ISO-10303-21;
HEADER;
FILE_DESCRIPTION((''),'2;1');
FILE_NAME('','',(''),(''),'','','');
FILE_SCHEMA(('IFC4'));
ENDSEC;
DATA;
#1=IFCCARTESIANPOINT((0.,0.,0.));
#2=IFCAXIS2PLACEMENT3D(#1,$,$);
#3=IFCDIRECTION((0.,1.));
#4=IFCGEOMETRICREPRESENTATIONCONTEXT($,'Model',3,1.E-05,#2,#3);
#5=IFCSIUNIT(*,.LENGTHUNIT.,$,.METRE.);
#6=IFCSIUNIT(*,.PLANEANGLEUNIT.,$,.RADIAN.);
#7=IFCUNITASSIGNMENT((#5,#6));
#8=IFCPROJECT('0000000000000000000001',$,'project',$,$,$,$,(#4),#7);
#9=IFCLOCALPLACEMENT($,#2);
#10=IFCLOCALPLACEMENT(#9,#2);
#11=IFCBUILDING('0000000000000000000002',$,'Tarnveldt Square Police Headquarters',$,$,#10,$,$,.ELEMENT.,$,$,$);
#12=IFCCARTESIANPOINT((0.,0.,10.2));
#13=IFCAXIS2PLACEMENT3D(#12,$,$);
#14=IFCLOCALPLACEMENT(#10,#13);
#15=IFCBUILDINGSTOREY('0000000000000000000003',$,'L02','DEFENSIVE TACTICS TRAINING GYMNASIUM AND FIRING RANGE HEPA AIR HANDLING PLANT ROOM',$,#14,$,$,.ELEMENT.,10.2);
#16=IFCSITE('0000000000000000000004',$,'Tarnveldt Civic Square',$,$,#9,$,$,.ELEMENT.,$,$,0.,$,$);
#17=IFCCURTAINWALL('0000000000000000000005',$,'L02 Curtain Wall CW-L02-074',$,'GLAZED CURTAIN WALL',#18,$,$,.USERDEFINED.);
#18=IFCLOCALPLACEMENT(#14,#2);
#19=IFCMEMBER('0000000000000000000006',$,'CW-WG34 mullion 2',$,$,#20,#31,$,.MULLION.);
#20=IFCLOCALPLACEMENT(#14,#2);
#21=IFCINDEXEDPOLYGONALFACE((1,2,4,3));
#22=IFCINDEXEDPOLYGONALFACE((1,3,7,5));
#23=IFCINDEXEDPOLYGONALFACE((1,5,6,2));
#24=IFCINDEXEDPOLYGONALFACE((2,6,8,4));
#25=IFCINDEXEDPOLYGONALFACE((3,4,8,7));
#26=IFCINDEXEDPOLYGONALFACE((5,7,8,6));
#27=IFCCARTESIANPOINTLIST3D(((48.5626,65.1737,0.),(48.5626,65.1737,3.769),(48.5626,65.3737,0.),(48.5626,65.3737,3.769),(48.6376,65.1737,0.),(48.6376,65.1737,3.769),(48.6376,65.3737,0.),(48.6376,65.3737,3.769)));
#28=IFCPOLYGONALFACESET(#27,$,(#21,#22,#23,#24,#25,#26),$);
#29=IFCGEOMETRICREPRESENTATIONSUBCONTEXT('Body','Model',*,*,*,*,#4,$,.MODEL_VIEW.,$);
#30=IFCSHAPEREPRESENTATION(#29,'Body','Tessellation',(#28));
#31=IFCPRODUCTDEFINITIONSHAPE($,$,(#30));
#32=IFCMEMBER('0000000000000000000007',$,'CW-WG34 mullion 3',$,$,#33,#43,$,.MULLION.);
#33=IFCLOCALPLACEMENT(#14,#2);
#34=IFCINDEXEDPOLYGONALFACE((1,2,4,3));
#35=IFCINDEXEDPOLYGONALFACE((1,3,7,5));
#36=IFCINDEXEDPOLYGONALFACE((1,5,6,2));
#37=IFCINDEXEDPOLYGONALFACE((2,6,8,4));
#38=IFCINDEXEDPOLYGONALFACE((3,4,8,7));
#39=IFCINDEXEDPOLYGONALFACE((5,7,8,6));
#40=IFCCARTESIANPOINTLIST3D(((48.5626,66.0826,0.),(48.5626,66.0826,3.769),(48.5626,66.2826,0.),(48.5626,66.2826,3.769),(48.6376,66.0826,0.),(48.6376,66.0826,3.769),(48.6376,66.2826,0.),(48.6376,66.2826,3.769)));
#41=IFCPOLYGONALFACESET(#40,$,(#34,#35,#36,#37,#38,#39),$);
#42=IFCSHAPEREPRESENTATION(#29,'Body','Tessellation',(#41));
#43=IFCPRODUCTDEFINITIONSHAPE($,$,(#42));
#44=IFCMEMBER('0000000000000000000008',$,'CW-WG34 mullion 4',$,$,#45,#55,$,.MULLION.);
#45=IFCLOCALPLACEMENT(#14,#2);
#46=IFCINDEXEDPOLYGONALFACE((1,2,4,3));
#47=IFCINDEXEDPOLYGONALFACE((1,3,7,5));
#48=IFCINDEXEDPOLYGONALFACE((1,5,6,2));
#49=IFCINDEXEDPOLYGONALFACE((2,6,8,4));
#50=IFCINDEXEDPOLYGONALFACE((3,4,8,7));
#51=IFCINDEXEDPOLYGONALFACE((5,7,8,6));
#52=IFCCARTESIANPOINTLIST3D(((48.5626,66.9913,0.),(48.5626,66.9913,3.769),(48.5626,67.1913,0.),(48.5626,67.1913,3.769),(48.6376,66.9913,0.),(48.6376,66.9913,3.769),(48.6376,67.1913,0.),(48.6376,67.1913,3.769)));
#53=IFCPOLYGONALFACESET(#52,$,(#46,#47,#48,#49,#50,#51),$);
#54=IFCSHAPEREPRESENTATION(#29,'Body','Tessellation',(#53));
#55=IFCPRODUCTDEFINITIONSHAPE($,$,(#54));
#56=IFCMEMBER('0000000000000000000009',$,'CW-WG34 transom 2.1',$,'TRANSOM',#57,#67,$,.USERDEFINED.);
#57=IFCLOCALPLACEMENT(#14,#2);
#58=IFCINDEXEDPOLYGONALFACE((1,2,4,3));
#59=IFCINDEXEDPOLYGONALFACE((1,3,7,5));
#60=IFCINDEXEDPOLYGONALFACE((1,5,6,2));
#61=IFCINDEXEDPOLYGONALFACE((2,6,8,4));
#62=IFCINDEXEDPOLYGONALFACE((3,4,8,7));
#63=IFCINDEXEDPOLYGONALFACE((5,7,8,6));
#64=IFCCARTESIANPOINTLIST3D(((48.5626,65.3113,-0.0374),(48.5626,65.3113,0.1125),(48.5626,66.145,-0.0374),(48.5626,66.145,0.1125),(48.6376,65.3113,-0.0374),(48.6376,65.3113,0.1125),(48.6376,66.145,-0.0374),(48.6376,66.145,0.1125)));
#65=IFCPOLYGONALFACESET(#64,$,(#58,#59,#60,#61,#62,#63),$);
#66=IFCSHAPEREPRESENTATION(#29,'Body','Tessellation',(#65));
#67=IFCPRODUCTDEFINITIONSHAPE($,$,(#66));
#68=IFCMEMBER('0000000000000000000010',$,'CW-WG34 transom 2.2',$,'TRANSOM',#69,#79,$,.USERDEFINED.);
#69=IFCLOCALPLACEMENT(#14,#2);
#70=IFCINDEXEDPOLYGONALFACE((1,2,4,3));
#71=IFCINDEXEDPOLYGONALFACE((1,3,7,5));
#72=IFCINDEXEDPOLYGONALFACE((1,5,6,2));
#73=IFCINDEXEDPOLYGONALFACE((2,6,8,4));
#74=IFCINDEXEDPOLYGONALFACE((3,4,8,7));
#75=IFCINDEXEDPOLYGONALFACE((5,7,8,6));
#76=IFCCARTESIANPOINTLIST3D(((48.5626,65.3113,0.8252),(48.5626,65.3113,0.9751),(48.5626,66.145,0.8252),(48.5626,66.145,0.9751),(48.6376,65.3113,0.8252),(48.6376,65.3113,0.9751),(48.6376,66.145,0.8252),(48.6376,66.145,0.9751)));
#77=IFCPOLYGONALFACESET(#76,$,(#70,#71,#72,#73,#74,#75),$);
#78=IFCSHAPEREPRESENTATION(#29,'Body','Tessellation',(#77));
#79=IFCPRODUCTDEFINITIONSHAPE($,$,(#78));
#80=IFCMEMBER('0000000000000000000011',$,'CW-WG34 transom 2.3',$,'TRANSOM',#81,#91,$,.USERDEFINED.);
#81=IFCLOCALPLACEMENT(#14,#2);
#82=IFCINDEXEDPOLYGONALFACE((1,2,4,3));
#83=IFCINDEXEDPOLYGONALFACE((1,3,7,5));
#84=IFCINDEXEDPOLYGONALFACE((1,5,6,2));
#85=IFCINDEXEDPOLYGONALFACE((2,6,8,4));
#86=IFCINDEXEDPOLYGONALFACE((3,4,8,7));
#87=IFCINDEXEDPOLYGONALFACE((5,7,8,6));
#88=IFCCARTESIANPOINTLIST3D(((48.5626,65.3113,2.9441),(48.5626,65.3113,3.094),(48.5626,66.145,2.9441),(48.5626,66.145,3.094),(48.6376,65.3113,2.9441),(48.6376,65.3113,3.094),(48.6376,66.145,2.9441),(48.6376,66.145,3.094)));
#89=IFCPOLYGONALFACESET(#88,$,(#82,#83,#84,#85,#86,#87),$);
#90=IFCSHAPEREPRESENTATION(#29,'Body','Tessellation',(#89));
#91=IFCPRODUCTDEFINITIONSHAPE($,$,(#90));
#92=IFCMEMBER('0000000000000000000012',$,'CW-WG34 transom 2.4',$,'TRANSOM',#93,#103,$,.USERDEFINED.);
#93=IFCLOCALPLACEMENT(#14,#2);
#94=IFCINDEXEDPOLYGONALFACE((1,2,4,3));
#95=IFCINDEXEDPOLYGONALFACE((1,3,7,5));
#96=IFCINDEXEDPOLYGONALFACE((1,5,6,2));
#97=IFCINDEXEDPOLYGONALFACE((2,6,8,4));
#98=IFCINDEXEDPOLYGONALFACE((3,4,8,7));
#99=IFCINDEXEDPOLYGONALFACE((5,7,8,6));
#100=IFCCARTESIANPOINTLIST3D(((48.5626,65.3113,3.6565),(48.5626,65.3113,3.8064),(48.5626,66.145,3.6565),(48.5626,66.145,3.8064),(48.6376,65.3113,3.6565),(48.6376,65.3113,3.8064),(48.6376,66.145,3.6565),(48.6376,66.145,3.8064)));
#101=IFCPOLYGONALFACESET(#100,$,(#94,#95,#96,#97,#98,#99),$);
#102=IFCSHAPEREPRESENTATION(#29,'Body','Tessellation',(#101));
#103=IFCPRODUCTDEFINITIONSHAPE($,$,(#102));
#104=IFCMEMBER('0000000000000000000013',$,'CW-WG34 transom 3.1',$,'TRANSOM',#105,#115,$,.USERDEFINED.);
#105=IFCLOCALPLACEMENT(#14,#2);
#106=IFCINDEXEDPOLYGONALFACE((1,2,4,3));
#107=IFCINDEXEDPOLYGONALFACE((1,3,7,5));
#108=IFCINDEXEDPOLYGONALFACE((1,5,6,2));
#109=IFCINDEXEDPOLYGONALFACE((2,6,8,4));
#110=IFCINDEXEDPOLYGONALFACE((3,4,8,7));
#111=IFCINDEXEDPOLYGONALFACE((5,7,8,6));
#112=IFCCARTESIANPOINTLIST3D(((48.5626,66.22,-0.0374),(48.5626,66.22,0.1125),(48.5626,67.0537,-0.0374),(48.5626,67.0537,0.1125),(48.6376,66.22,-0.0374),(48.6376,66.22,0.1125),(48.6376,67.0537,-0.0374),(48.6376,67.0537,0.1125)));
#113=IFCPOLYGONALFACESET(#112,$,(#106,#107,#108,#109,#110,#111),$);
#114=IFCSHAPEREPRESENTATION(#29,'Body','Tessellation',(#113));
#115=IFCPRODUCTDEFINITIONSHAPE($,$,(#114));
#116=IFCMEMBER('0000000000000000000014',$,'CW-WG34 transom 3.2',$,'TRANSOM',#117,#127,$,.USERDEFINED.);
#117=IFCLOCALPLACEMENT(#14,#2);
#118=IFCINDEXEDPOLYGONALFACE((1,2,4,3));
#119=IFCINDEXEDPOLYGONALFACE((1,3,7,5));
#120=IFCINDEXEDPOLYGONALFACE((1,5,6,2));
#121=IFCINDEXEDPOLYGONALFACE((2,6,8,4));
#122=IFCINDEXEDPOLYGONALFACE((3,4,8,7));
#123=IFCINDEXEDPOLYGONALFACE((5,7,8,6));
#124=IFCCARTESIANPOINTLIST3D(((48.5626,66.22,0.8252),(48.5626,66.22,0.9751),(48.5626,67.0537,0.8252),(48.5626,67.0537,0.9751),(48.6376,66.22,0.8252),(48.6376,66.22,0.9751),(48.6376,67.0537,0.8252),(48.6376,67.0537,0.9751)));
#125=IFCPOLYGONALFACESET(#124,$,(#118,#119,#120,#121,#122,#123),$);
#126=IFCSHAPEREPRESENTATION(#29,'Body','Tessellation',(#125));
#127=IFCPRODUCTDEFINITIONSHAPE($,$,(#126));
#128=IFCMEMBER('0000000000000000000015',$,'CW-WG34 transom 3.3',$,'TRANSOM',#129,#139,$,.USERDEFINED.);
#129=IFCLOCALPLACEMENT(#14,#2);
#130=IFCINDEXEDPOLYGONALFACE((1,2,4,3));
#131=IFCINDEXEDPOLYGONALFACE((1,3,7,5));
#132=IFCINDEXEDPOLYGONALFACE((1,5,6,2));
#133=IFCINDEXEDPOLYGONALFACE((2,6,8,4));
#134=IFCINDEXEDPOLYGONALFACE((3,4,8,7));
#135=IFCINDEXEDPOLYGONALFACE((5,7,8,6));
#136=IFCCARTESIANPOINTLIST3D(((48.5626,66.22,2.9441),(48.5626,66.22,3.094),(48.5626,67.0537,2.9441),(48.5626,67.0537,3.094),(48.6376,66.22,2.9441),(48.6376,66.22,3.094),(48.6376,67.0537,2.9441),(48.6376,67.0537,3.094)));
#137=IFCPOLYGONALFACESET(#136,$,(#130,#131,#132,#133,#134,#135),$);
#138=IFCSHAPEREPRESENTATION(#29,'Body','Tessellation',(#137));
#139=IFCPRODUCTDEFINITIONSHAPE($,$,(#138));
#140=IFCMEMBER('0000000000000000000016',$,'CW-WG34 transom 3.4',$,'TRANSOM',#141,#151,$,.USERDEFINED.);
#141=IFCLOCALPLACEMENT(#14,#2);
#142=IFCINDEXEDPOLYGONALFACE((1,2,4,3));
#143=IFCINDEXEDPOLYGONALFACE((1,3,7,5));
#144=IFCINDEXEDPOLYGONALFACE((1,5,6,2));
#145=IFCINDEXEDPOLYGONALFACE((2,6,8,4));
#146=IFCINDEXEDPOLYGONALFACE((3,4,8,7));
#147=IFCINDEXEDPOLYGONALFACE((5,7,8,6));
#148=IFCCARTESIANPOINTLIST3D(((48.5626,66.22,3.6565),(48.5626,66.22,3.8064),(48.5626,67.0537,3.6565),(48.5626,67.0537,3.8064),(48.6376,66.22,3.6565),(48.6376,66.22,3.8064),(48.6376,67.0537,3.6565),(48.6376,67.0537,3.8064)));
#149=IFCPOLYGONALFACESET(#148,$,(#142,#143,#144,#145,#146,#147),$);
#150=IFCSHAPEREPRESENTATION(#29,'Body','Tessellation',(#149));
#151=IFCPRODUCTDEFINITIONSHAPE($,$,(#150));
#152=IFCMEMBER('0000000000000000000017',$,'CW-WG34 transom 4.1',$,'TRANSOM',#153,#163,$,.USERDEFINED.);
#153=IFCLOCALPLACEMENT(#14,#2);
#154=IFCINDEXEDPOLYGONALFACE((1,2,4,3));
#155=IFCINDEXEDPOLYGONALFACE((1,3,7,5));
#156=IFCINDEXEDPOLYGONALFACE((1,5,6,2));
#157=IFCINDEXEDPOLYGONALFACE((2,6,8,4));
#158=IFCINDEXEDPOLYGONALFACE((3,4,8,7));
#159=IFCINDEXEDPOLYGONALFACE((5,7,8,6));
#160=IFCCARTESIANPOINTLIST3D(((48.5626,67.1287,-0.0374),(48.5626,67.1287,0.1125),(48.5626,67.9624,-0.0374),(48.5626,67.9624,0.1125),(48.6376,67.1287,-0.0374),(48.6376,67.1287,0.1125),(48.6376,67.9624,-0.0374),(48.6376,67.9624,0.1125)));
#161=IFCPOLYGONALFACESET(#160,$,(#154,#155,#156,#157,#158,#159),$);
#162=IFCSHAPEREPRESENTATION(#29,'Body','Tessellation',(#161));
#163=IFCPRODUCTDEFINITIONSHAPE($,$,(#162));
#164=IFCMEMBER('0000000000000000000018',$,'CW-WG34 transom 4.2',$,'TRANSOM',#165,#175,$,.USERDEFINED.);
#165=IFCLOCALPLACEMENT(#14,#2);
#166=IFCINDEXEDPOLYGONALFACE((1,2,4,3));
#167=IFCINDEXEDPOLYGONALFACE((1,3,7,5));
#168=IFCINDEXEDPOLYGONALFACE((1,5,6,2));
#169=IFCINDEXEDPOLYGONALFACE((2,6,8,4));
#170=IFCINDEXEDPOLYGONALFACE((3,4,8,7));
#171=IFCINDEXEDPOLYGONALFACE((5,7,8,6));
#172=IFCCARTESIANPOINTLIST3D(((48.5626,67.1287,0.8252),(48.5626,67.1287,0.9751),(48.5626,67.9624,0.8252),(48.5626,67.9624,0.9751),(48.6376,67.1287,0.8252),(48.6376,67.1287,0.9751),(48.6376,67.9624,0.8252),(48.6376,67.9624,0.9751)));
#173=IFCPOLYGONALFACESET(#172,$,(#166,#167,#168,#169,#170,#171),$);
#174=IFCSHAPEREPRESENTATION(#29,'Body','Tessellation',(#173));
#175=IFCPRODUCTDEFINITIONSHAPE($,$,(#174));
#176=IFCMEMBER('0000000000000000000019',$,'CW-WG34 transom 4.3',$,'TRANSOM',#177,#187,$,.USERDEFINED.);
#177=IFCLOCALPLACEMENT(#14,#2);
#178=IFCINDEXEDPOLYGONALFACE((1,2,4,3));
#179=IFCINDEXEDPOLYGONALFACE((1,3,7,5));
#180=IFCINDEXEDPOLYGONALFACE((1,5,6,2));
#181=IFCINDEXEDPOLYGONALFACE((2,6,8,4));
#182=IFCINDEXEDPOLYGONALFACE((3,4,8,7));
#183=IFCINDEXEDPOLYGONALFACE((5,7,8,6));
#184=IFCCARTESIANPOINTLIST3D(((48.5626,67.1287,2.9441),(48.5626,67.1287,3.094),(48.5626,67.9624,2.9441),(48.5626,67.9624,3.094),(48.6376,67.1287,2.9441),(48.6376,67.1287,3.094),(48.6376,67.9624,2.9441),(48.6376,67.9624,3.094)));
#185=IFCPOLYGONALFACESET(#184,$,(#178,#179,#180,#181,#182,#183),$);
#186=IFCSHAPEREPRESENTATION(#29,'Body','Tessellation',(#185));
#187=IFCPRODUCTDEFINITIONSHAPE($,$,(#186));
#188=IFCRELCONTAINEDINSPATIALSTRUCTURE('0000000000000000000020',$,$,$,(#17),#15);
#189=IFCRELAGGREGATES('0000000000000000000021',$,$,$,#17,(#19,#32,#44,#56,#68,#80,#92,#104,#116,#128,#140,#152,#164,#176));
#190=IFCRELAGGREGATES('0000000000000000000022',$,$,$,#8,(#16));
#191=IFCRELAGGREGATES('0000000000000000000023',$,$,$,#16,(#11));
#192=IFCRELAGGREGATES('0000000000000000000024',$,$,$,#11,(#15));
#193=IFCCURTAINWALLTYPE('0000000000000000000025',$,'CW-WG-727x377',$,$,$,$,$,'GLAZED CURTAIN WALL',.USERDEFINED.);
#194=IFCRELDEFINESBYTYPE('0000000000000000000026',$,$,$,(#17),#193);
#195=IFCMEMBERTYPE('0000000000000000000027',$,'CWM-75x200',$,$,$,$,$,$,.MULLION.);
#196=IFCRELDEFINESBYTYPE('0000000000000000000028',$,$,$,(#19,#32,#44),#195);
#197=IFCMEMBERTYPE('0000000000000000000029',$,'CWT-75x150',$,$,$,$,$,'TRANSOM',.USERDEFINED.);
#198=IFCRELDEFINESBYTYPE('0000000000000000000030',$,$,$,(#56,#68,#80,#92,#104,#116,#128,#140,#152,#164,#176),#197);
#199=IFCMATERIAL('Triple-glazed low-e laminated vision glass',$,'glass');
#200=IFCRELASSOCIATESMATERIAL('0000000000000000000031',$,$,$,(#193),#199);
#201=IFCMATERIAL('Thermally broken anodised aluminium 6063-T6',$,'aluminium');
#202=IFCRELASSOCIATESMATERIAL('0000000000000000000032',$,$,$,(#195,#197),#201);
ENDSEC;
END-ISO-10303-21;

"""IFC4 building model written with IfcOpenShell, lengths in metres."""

from ifc_helpers import new_model, si_unit, direction, frame, origin, origin_2d, place, context, subcontext, project, spatial, rectangle, extrude, material, material_profile, profile_set, type_object, element, aggregate, save


model = new_model("IFC4")

# Units and contexts
model_context = context("Model", 3, precision=1e-05, world=origin(), true_north=direction((0.0, 1.0)))
body_context = subcontext(model_context, "Body", "Model", "MODEL_VIEW")
ifc_project = project(units=[si_unit("LENGTHUNIT", "METRE"), si_unit("PLANEANGLEUNIT", "RADIAN")], contexts=[model_context])

# Site, building, storey
site_placement = place(None, origin())
site = spatial("IfcSite", under=ifc_project, at=site_placement, Name="Tarnveldt Civic Square", CompositionType="ELEMENT", RefElevation=0.0)
building_placement = place(site_placement, origin())
building = spatial("IfcBuilding", under=site, at=building_placement, Name="Tarnveldt Square Police Headquarters", CompositionType="ELEMENT")
storey_placement = place(building_placement, frame((0.0, 0.0, 10.2)))
storey = spatial("IfcBuildingStorey", under=building, at=storey_placement, Name="L02", Description="DEFENSIVE TACTICS TRAINING GYMNASIUM AND FIRING RANGE HEPA AIR HANDLING PLANT ROOM", CompositionType="ELEMENT", Elevation=10.2)

# Curtain wall, members
ifc_material_1 = material(Name="Triple-glazed low-e laminated vision glass", Category="glass")
curtain_wall_type = type_object("IfcCurtainWallType", Name="CW-WG-727x377", ElementType="GLAZED CURTAIN WALL", PredefinedType="USERDEFINED", material=ifc_material_1)
curtain_wall_placement = place(storey_placement, origin())
curtain_wall = element("IfcCurtainWall", 1, at=curtain_wall_placement, inside=storey, type_object=curtain_wall_type, Name="L02 Curtain Wall CW-L02-074", ObjectType="GLAZED CURTAIN WALL", PredefinedType="USERDEFINED")
ifc_material_2 = material(Name="Thermally broken anodised aluminium 6063-T6", Category="aluminium")
ifc_material_profile_1 = material_profile(ifc_material_2, rectangle(XDim=0.075, YDim=0.2, at=origin_2d()), Name="CW-M75x200")
ifc_profile_set_1 = profile_set([ifc_material_profile_1], Name="Thermally broken anodised aluminium 6063-T6")
member_type_1 = type_object("IfcMemberType", Name="CWM-75x200", PredefinedType="MULLION", material=ifc_profile_set_1)
member_1_placement = place(storey_placement, frame((48.6001, 65.2737, 0.0), z_axis=(0.0, 0.0, 1.0), x_axis=(-1.0, 0.0, 0.0)))
member_1 = element("IfcMember", 2, at=member_1_placement, type_object=member_type_1, Name="CW-WG34 mullion 2", PredefinedType="MULLION", context=body_context, shape_type="SweptSolid", body=[
    extrude(rectangle(XDim=0.075, YDim=0.2, at=origin_2d()), origin(), (0.0, 0.0, 1.0), 3.769),
])
member_2_placement = place(storey_placement, frame((48.6001, 66.1826, 0.0), z_axis=(0.0, 0.0, 1.0), x_axis=(-1.0, 0.0, 0.0)))
member_2 = element("IfcMember", 3, at=member_2_placement, type_object=member_type_1, Name="CW-WG34 mullion 3", PredefinedType="MULLION", context=body_context, shape_type="SweptSolid", body=[
    extrude(rectangle(XDim=0.075, YDim=0.2, at=origin_2d()), origin(), (0.0, 0.0, 1.0), 3.769),
])
member_3_placement = place(storey_placement, frame((48.6001, 67.0913, 0.0), z_axis=(0.0, 0.0, 1.0), x_axis=(-1.0, 0.0, 0.0)))
member_3 = element("IfcMember", 4, at=member_3_placement, type_object=member_type_1, Name="CW-WG34 mullion 4", PredefinedType="MULLION", context=body_context, shape_type="SweptSolid", body=[
    extrude(rectangle(XDim=0.075, YDim=0.2, at=origin_2d()), origin(), (0.0, 0.0, 1.0), 3.769),
])
ifc_material_profile_2 = material_profile(ifc_material_2, rectangle(XDim=0.075, YDim=0.1499, at=origin_2d()), Name="CW-T75x150")
ifc_profile_set_2 = profile_set([ifc_material_profile_2], Name="Thermally broken anodised aluminium 6063-T6")
member_type_2 = type_object("IfcMemberType", Name="CWT-75x150", ElementType="TRANSOM", PredefinedType="USERDEFINED", material=ifc_profile_set_2)
member_4_placement = place(storey_placement, frame((48.6001, 65.3113, 0.0376), z_axis=(0.0, 1.0, 0.0), x_axis=(-1.0, 0.0, 0.0)))
member_4 = element("IfcMember", 5, at=member_4_placement, type_object=member_type_2, Name="CW-WG34 transom 2.1", ObjectType="TRANSOM", PredefinedType="USERDEFINED", context=body_context, shape_type="SweptSolid", body=[
    extrude(rectangle(XDim=0.075, YDim=0.1499, at=origin_2d()), origin(), (0.0, 0.0, 1.0), 0.8337),
])
member_5_placement = place(storey_placement, frame((48.6001, 65.3113, 0.9001), z_axis=(0.0, 1.0, 0.0), x_axis=(-1.0, 0.0, 0.0)))
member_5 = element("IfcMember", 6, at=member_5_placement, type_object=member_type_2, Name="CW-WG34 transom 2.2", ObjectType="TRANSOM", PredefinedType="USERDEFINED", context=body_context, shape_type="SweptSolid", body=[
    extrude(rectangle(XDim=0.075, YDim=0.1499, at=origin_2d()), origin(), (0.0, 0.0, 1.0), 0.8337),
])
member_6_placement = place(storey_placement, frame((48.6001, 65.3113, 3.019), z_axis=(0.0, 1.0, 0.0), x_axis=(-1.0, 0.0, 0.0)))
member_6 = element("IfcMember", 7, at=member_6_placement, type_object=member_type_2, Name="CW-WG34 transom 2.3", ObjectType="TRANSOM", PredefinedType="USERDEFINED", context=body_context, shape_type="SweptSolid", body=[
    extrude(rectangle(XDim=0.075, YDim=0.1499, at=origin_2d()), origin(), (0.0, 0.0, 1.0), 0.8337),
])
member_7_placement = place(storey_placement, frame((48.6001, 65.3113, 3.7314), z_axis=(0.0, 1.0, 0.0), x_axis=(-1.0, 0.0, 0.0)))
member_7 = element("IfcMember", 8, at=member_7_placement, type_object=member_type_2, Name="CW-WG34 transom 2.4", ObjectType="TRANSOM", PredefinedType="USERDEFINED", context=body_context, shape_type="SweptSolid", body=[
    extrude(rectangle(XDim=0.075, YDim=0.1499, at=origin_2d()), origin(), (0.0, 0.0, 1.0), 0.8337),
])
member_8_placement = place(storey_placement, frame((48.6001, 66.22, 0.0376), z_axis=(0.0, 1.0, 0.0), x_axis=(-1.0, 0.0, 0.0)))
member_8 = element("IfcMember", 9, at=member_8_placement, type_object=member_type_2, Name="CW-WG34 transom 3.1", ObjectType="TRANSOM", PredefinedType="USERDEFINED", context=body_context, shape_type="SweptSolid", body=[
    extrude(rectangle(XDim=0.075, YDim=0.1499, at=origin_2d()), origin(), (0.0, 0.0, 1.0), 0.8337),
])
member_9_placement = place(storey_placement, frame((48.6001, 66.22, 0.9001), z_axis=(0.0, 1.0, 0.0), x_axis=(-1.0, 0.0, 0.0)))
member_9 = element("IfcMember", 10, at=member_9_placement, type_object=member_type_2, Name="CW-WG34 transom 3.2", ObjectType="TRANSOM", PredefinedType="USERDEFINED", context=body_context, shape_type="SweptSolid", body=[
    extrude(rectangle(XDim=0.075, YDim=0.1499, at=origin_2d()), origin(), (0.0, 0.0, 1.0), 0.8337),
])
member_10_placement = place(storey_placement, frame((48.6001, 66.22, 3.019), z_axis=(0.0, 1.0, 0.0), x_axis=(-1.0, 0.0, 0.0)))
member_10 = element("IfcMember", 11, at=member_10_placement, type_object=member_type_2, Name="CW-WG34 transom 3.3", ObjectType="TRANSOM", PredefinedType="USERDEFINED", context=body_context, shape_type="SweptSolid", body=[
    extrude(rectangle(XDim=0.075, YDim=0.1499, at=origin_2d()), origin(), (0.0, 0.0, 1.0), 0.8337),
])
member_11_placement = place(storey_placement, frame((48.6001, 66.22, 3.7314), z_axis=(0.0, 1.0, 0.0), x_axis=(-1.0, 0.0, 0.0)))
member_11 = element("IfcMember", 12, at=member_11_placement, type_object=member_type_2, Name="CW-WG34 transom 3.4", ObjectType="TRANSOM", PredefinedType="USERDEFINED", context=body_context, shape_type="SweptSolid", body=[
    extrude(rectangle(XDim=0.075, YDim=0.1499, at=origin_2d()), origin(), (0.0, 0.0, 1.0), 0.8337),
])
member_12_placement = place(storey_placement, frame((48.6001, 67.1287, 0.0376), z_axis=(0.0, 1.0, 0.0), x_axis=(-1.0, 0.0, 0.0)))
member_12 = element("IfcMember", 13, at=member_12_placement, type_object=member_type_2, Name="CW-WG34 transom 4.1", ObjectType="TRANSOM", PredefinedType="USERDEFINED", context=body_context, shape_type="SweptSolid", body=[
    extrude(rectangle(XDim=0.075, YDim=0.1499, at=origin_2d()), origin(), (0.0, 0.0, 1.0), 0.8337),
])
member_13_placement = place(storey_placement, frame((48.6001, 67.1287, 0.9001), z_axis=(0.0, 1.0, 0.0), x_axis=(-1.0, 0.0, 0.0)))
member_13 = element("IfcMember", 14, at=member_13_placement, type_object=member_type_2, Name="CW-WG34 transom 4.2", ObjectType="TRANSOM", PredefinedType="USERDEFINED", context=body_context, shape_type="SweptSolid", body=[
    extrude(rectangle(XDim=0.075, YDim=0.1499, at=origin_2d()), origin(), (0.0, 0.0, 1.0), 0.8337),
])
member_14_placement = place(storey_placement, frame((48.6001, 67.1287, 3.019), z_axis=(0.0, 1.0, 0.0), x_axis=(-1.0, 0.0, 0.0)))
member_14 = element("IfcMember", 15, at=member_14_placement, type_object=member_type_2, Name="CW-WG34 transom 4.3", ObjectType="TRANSOM", PredefinedType="USERDEFINED", context=body_context, shape_type="SweptSolid", body=[
    extrude(rectangle(XDim=0.075, YDim=0.1499, at=origin_2d()), origin(), (0.0, 0.0, 1.0), 0.8337),
])
aggregate(curtain_wall, [member_1, member_2, member_3, member_4, member_5, member_6, member_7, member_8, member_9, member_10, member_11, member_12, member_13, member_14])

save(model, "model.ifc")
